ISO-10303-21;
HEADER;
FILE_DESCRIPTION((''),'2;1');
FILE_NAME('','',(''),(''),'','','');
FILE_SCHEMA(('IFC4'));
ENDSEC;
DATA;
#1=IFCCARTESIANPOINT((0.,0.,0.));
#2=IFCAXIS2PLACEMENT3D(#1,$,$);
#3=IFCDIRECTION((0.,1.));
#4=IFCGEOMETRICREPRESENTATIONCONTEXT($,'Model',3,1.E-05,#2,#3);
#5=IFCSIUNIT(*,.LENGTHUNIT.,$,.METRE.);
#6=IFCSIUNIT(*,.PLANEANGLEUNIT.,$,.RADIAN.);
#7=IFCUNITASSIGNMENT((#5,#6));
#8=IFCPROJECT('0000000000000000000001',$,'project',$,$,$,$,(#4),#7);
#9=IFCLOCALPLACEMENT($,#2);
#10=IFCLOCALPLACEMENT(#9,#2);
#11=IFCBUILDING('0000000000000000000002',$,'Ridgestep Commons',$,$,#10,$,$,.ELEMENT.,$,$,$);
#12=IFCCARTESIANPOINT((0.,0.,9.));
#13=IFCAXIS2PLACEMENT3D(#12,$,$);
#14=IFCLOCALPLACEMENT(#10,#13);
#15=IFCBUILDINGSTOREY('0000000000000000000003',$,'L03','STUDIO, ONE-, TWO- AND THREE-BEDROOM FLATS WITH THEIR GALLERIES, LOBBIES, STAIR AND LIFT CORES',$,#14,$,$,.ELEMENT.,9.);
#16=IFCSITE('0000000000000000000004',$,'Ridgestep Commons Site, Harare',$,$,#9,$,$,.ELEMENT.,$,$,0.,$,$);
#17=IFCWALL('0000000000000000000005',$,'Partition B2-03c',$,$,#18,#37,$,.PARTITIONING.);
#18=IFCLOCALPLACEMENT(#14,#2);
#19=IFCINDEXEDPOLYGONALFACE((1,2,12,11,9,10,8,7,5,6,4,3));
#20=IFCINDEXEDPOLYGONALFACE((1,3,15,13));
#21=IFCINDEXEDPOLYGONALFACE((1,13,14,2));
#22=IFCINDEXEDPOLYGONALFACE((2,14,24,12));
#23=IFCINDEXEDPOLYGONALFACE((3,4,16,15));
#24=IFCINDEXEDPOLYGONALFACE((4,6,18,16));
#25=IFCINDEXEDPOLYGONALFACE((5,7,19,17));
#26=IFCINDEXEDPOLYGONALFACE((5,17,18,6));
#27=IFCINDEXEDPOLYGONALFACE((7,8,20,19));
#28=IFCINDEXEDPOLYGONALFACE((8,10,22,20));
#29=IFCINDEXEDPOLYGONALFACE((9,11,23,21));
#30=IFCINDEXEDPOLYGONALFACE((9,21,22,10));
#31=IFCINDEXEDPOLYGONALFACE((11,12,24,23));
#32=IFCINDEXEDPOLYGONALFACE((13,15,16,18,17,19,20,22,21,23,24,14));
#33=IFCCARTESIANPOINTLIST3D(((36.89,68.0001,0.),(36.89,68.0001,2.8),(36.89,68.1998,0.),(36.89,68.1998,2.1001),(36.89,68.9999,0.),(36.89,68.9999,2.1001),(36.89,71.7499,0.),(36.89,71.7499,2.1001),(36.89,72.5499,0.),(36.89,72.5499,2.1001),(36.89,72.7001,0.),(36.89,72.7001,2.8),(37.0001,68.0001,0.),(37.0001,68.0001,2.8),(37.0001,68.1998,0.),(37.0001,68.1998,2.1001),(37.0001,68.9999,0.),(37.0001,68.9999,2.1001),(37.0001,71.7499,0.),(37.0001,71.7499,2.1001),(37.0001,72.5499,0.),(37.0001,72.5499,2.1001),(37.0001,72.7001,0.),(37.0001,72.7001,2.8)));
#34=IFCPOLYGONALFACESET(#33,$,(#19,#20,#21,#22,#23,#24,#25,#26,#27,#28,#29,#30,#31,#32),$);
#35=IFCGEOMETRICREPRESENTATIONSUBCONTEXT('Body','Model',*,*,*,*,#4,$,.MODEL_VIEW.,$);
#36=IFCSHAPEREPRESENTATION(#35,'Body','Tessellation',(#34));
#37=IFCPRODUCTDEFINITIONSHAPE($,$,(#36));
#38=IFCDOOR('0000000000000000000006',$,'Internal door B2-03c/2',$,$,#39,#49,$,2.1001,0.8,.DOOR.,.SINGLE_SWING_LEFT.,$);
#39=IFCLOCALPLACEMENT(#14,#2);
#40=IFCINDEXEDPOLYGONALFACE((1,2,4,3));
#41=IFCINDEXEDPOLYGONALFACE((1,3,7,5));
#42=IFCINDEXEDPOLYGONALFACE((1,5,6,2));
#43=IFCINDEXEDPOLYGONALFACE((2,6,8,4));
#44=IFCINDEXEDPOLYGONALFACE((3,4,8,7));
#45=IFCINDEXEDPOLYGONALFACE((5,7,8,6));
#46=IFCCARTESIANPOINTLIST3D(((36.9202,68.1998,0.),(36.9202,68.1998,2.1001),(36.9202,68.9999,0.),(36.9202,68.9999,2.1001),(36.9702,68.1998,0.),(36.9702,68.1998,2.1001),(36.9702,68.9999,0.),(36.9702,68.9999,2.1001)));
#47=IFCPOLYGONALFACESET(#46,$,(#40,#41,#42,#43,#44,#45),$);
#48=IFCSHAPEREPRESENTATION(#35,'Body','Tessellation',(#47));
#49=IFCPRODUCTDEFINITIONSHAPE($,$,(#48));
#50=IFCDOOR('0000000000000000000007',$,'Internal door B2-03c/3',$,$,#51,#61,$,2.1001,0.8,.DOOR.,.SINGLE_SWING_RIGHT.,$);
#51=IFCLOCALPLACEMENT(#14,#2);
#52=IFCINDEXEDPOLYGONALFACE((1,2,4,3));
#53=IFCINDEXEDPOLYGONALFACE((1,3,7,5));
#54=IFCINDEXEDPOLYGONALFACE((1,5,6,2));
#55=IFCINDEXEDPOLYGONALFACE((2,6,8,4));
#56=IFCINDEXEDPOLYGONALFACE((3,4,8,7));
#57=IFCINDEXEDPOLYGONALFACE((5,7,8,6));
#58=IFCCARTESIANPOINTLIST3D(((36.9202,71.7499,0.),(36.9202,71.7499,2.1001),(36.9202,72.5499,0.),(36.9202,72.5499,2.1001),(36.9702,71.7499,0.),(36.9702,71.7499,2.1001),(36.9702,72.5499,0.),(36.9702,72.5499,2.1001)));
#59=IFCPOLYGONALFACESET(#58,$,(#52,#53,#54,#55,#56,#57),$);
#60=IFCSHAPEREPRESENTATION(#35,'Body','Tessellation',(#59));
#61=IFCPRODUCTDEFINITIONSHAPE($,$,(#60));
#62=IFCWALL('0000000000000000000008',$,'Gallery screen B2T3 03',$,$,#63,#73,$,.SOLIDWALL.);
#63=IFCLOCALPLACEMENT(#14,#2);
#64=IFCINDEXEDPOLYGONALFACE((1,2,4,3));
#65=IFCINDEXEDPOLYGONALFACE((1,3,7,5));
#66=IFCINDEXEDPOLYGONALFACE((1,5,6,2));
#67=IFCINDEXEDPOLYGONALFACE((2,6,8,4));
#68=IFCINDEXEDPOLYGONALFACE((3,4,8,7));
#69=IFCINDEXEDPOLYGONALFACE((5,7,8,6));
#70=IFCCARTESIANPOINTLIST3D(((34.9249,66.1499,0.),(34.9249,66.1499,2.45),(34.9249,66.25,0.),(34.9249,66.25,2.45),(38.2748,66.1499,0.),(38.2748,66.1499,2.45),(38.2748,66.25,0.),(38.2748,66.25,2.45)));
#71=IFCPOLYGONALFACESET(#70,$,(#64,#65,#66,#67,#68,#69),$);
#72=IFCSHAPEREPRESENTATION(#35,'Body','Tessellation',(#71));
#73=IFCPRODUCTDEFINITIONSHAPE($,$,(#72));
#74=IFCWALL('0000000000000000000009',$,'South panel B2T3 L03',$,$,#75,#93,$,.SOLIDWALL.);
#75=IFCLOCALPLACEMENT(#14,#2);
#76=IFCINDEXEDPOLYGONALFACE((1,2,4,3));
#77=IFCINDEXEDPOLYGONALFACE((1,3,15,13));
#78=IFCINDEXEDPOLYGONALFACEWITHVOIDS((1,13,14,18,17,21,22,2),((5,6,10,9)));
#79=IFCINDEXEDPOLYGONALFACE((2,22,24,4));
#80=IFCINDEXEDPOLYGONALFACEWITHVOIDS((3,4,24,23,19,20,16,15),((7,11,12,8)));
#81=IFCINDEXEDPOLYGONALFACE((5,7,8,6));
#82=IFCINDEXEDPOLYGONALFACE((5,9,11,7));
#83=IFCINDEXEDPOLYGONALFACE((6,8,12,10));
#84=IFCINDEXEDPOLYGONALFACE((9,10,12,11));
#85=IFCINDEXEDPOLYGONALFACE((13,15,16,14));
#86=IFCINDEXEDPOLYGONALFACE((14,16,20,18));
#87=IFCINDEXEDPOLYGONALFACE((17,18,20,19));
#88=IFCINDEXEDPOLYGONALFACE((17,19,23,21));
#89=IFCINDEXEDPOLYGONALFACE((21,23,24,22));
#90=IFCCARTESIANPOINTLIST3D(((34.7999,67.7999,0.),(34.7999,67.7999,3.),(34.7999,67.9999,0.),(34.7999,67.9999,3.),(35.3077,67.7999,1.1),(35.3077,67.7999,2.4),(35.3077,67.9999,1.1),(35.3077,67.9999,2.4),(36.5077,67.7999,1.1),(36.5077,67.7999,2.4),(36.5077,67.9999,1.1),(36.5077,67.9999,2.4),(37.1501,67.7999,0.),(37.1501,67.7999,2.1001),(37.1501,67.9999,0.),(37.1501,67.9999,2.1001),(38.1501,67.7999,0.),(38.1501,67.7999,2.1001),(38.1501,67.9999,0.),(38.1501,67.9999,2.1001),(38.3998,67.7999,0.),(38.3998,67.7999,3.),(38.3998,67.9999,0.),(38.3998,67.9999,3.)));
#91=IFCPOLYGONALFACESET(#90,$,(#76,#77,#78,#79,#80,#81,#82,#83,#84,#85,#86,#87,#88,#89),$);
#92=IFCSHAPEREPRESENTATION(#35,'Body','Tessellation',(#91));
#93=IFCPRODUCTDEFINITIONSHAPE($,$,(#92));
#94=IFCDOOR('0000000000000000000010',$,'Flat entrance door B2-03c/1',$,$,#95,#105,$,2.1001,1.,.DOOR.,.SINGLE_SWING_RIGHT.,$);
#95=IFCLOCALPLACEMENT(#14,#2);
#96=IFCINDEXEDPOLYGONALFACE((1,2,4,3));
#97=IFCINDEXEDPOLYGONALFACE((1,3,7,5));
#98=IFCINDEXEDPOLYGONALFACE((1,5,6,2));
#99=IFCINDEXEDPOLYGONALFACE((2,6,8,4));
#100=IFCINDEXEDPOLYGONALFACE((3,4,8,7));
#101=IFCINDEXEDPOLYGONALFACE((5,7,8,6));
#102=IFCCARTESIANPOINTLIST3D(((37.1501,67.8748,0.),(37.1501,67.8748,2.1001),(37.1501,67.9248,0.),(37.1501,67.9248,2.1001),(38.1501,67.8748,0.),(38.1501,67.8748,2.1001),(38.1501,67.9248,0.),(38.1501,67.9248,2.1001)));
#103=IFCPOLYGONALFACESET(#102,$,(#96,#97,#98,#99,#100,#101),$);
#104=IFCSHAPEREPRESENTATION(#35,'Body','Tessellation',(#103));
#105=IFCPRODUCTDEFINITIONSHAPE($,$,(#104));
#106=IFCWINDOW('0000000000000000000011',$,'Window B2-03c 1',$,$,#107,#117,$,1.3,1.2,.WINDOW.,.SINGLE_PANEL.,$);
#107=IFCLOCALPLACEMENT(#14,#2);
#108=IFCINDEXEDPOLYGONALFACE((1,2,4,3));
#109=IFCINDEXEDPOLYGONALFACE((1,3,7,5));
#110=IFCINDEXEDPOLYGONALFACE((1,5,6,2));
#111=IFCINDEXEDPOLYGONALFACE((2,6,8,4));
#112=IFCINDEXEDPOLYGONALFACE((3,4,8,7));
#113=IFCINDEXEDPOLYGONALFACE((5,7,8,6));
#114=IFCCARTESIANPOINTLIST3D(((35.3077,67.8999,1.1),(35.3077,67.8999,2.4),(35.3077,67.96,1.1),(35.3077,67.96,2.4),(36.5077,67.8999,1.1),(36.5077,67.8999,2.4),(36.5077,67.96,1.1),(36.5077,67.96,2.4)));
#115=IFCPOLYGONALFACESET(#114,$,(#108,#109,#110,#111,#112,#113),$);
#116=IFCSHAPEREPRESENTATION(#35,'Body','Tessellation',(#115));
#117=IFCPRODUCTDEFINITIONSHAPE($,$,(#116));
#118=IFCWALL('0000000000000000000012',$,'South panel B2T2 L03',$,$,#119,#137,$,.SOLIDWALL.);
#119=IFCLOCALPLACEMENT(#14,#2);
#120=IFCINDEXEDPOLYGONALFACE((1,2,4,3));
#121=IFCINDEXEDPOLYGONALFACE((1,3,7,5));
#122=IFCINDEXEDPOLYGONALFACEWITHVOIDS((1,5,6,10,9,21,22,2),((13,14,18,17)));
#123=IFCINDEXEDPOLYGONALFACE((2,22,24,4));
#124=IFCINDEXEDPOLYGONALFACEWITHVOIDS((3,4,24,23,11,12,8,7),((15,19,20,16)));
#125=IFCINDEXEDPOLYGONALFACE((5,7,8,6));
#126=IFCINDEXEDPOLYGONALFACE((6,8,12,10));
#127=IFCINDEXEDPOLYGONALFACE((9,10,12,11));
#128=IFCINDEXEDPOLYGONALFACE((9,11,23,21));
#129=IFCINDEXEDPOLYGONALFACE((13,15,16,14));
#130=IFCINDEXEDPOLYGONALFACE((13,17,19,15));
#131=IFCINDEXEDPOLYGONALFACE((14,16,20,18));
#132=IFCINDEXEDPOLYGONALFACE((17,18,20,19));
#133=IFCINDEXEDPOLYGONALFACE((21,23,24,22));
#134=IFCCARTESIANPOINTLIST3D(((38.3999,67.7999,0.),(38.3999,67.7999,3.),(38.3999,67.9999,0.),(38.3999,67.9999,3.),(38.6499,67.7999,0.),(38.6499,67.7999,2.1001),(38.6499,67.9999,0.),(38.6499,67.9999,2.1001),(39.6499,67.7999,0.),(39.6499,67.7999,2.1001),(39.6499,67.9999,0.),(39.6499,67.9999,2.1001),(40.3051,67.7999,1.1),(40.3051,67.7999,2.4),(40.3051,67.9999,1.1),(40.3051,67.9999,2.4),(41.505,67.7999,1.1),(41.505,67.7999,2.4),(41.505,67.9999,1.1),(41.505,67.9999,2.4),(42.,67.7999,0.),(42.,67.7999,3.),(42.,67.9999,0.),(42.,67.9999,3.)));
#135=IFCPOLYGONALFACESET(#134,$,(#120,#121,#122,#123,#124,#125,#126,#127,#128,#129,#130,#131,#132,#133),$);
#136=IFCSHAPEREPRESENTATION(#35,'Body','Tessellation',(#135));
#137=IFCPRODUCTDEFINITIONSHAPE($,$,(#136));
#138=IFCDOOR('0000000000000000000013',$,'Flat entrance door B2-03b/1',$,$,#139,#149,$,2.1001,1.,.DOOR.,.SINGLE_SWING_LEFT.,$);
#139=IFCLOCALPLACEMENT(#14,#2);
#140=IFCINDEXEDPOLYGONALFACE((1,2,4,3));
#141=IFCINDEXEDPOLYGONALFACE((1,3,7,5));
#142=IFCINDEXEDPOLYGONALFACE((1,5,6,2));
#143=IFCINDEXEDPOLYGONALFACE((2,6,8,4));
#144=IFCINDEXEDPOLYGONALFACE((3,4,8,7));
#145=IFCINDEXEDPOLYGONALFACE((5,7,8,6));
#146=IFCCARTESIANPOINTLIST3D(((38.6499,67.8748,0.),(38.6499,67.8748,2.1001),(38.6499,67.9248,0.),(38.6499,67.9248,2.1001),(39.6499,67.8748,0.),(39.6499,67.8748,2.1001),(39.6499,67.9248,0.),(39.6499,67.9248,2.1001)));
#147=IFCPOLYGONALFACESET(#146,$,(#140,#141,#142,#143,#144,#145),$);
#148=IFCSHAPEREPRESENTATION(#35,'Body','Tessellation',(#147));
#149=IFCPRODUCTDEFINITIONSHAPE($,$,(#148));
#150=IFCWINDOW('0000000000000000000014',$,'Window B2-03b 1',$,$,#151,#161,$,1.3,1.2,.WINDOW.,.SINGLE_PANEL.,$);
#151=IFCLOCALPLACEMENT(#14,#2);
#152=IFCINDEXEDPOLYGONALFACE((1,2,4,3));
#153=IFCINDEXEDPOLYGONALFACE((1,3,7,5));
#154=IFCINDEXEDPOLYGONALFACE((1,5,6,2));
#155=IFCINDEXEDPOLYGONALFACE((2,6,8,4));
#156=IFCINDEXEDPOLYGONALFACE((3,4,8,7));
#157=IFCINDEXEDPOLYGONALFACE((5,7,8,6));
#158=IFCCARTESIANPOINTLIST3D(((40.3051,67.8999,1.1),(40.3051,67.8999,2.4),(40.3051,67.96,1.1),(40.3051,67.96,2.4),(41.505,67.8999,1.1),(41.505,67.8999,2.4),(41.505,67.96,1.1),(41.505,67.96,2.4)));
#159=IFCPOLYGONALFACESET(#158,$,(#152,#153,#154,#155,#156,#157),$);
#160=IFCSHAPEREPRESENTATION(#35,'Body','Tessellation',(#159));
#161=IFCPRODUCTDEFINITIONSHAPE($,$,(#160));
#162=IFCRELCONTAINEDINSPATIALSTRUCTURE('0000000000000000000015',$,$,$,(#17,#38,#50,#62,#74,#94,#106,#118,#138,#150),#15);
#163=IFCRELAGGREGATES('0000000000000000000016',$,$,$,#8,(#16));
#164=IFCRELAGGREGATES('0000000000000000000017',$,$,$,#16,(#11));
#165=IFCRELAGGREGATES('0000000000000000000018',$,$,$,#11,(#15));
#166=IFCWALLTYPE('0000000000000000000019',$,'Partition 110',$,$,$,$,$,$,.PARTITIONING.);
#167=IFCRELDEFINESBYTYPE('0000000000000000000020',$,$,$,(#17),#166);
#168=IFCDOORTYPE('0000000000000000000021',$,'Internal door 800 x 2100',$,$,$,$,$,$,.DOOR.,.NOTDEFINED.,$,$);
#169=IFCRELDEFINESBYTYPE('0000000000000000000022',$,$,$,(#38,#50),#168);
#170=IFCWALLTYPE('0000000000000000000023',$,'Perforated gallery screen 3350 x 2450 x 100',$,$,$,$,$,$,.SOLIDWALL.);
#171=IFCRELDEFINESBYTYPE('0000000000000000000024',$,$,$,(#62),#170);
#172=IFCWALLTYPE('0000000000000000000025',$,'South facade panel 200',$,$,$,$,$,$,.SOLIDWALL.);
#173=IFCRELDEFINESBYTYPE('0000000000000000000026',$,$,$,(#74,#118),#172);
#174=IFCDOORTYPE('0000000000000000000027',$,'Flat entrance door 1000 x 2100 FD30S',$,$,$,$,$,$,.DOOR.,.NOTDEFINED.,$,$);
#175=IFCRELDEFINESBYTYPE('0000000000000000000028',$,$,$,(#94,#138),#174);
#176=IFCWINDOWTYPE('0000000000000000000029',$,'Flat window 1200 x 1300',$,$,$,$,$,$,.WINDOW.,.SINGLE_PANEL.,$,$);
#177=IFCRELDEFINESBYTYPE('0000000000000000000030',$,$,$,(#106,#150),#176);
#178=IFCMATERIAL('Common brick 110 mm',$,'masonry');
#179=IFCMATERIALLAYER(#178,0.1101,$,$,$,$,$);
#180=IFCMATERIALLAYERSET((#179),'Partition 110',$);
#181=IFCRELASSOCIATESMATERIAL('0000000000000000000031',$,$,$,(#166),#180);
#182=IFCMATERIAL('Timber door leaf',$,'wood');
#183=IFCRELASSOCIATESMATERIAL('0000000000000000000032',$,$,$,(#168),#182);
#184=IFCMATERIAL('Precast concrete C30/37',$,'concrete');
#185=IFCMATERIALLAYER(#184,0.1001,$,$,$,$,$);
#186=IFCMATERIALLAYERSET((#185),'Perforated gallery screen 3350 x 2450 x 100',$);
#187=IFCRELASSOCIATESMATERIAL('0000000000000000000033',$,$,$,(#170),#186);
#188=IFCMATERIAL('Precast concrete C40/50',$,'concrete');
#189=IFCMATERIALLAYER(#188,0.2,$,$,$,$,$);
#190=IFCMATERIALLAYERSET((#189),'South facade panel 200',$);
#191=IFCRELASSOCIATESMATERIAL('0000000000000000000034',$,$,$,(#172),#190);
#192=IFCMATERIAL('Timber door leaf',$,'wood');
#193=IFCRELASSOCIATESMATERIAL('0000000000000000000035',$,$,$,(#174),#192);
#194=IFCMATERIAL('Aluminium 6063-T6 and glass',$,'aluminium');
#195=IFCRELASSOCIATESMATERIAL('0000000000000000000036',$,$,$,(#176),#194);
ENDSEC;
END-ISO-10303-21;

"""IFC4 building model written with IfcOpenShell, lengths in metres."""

from ifc_helpers import new_model, si_unit, direction, frame, frame_2d, origin, place, context, subcontext, project, spatial, rectangle, extrude, material, layer, layer_set, type_object, element, fill, save


model = new_model("IFC4")

# Units and contexts
model_context = context("Model", 3, precision=1e-05, world=origin(), true_north=direction((0.0, 1.0)))
body_context = subcontext(model_context, "Body", "Model", "MODEL_VIEW")
ifc_project = project(units=[si_unit("LENGTHUNIT", "METRE"), si_unit("PLANEANGLEUNIT", "RADIAN")], contexts=[model_context])

# Site, building, storey
site_placement = place(None, origin())
site = spatial("IfcSite", under=ifc_project, at=site_placement, Name="Ridgestep Commons Site, Harare", CompositionType="ELEMENT", RefElevation=0.0)
building_placement = place(site_placement, origin())
building = spatial("IfcBuilding", under=site, at=building_placement, Name="Ridgestep Commons", CompositionType="ELEMENT")
storey_placement = place(building_placement, frame((0.0, 0.0, 9.0)))
storey = spatial("IfcBuildingStorey", under=building, at=storey_placement, Name="L03", Description="STUDIO, ONE-, TWO- AND THREE-BEDROOM FLATS WITH THEIR GALLERIES, LOBBIES, STAIR AND LIFT CORES", CompositionType="ELEMENT", Elevation=9.0)

# Wall, openings, doors
ifc_material_1 = material(Name="Common brick 110 mm", Category="masonry")
ifc_layer_1 = layer(ifc_material_1, 0.1101)
ifc_layer_set_1 = layer_set([ifc_layer_1], Name="Partition 110")
wall_type_1 = type_object("IfcWallType", Name="Partition 110", PredefinedType="PARTITIONING", material=ifc_layer_set_1)
ifc_material_2 = material(Name="Timber door leaf", Category="wood")
door_type_1 = type_object("IfcDoorType", Name="Internal door 800 x 2100", OperationType="NOTDEFINED", PredefinedType="DOOR", material=ifc_material_2)
wall_1_placement = place(storey_placement, frame((36.9451, 68.0, 0.0), z_axis=(0.0, 0.0, 1.0), x_axis=(0.0, 1.0, 0.0)))
wall_1 = element("IfcWall", 1, at=wall_1_placement, inside=storey, type_object=wall_type_1, Name="Partition B2-03c", PredefinedType="PARTITIONING", context=body_context, shape_type="SweptSolid", body=[
    extrude(rectangle(XDim=4.7, YDim=0.1101, at=frame_2d((2.3501, 0.0))), origin(), (0.0, 0.0, 1.0), 2.8),
])
opening_1_placement = place(wall_1_placement, frame((0.2, 0.0, 0.0)))
opening_1 = element("IfcOpeningElement", 2, at=opening_1_placement, cuts=wall_1, PredefinedType="OPENING", context=body_context, shape_type="SweptSolid", body=[
    extrude(rectangle(XDim=0.8, YDim=2.1001, at=frame_2d((0.3999, 1.05))), frame((0.0, 0.0649, 0.0), z_axis=(0.0, -1.0, 0.0), x_axis=(1.0, 0.0, 0.0)), (0.0, 0.0, 1.0), 0.1301),
])
opening_2_placement = place(wall_1_placement, frame((3.75, 0.0, 0.0)))
opening_2 = element("IfcOpeningElement", 3, at=opening_2_placement, cuts=wall_1, PredefinedType="OPENING", context=body_context, shape_type="SweptSolid", body=[
    extrude(rectangle(XDim=0.8, YDim=2.1001, at=frame_2d((0.3999, 1.05))), frame((0.0, 0.0649, 0.0), z_axis=(0.0, -1.0, 0.0), x_axis=(1.0, 0.0, 0.0)), (0.0, 0.0, 1.0), 0.1301),
])
door_1_placement = place(opening_1_placement, origin())
door_1 = element("IfcDoor", 4, at=door_1_placement, inside=storey, type_object=door_type_1, Name="Internal door B2-03c/2", OperationType="SINGLE_SWING_LEFT", OverallHeight=2.1001, OverallWidth=0.8, PredefinedType="DOOR", context=body_context, shape_type="SweptSolid", body=[
    extrude(rectangle(XDim=0.8, YDim=2.1001, at=frame_2d((0.3999, 1.05))), frame((0.0, 0.0249, 0.0), z_axis=(0.0, -1.0, 0.0), x_axis=(1.0, 0.0, 0.0)), (0.0, 0.0, 1.0), 0.05),
])
fill(opening_1, door_1)
door_2_placement = place(opening_2_placement, origin())
door_2 = element("IfcDoor", 5, at=door_2_placement, inside=storey, type_object=door_type_1, Name="Internal door B2-03c/3", OperationType="SINGLE_SWING_RIGHT", OverallHeight=2.1001, OverallWidth=0.8, PredefinedType="DOOR", context=body_context, shape_type="SweptSolid", body=[
    extrude(rectangle(XDim=0.8, YDim=2.1001, at=frame_2d((0.3999, 1.05))), frame((0.0, 0.0249, 0.0), z_axis=(0.0, -1.0, 0.0), x_axis=(1.0, 0.0, 0.0)), (0.0, 0.0, 1.0), 0.05),
])
fill(opening_2, door_2)

# Wall
ifc_material_3 = material(Name="Precast concrete C30/37", Category="concrete")
ifc_layer_2 = layer(ifc_material_3, 0.1001)
ifc_layer_set_2 = layer_set([ifc_layer_2], Name="Perforated gallery screen 3350 x 2450 x 100")
wall_type_2 = type_object("IfcWallType", Name="Perforated gallery screen 3350 x 2450 x 100", PredefinedType="SOLIDWALL", material=ifc_layer_set_2)
wall_2_placement = place(storey_placement, frame((34.925, 66.2, 0.0), z_axis=(0.0, 0.0, 1.0), x_axis=(1.0, 0.0, 0.0)))
element("IfcWall", 6, at=wall_2_placement, inside=storey, type_object=wall_type_2, Name="Gallery screen B2T3 03", PredefinedType="SOLIDWALL", context=body_context, shape_type="SweptSolid", body=[
    extrude(rectangle(XDim=3.3499, YDim=0.1001, at=frame_2d((1.6748, 0.0))), origin(), (0.0, 0.0, 1.0), 2.45),
])

# Walls, openings, doors, windows
ifc_material_4 = material(Name="Precast concrete C40/50", Category="concrete")
ifc_layer_3 = layer(ifc_material_4, 0.2)
ifc_layer_set_3 = layer_set([ifc_layer_3], Name="South facade panel 200")
wall_type_3 = type_object("IfcWallType", Name="South facade panel 200", PredefinedType="SOLIDWALL", material=ifc_layer_set_3)
wall_3_placement = place(storey_placement, frame((34.8, 67.8999, 0.0), z_axis=(0.0, 0.0, 1.0), x_axis=(1.0, 0.0, 0.0)))
wall_3 = element("IfcWall", 7, at=wall_3_placement, inside=storey, type_object=wall_type_3, Name="South panel B2T3 L03", PredefinedType="SOLIDWALL", context=body_context, shape_type="SweptSolid", body=[
    extrude(rectangle(XDim=3.5999, YDim=0.2, at=frame_2d((1.7998, 0.0))), origin(), (0.0, 0.0, 1.0), 3.0),
])
opening_3_placement = place(wall_3_placement, frame((0.5076, 0.0, 1.1001)))
opening_3 = element("IfcOpeningElement", 8, at=opening_3_placement, cuts=wall_3, PredefinedType="OPENING", context=body_context, shape_type="SweptSolid", body=[
    extrude(rectangle(XDim=1.2, YDim=1.3, at=frame_2d((0.6001, 0.6499))), frame((0.0, 0.1099, 0.0), z_axis=(0.0, -1.0, 0.0), x_axis=(1.0, 0.0, 0.0)), (0.0, 0.0, 1.0), 0.22),
])
opening_4_placement = place(wall_3_placement, frame((2.3501, 0.0, 0.0)))
opening_4 = element("IfcOpeningElement", 9, at=opening_4_placement, cuts=wall_3, PredefinedType="OPENING", context=body_context, shape_type="SweptSolid", body=[
    extrude(rectangle(XDim=1.0, YDim=2.1001, at=frame_2d((0.5, 1.05))), frame((0.0, 0.1099, 0.0), z_axis=(0.0, -1.0, 0.0), x_axis=(1.0, 0.0, 0.0)), (0.0, 0.0, 1.0), 0.22),
])
ifc_material_5 = material(Name="Timber door leaf", Category="wood")
door_type_2 = type_object("IfcDoorType", Name="Flat entrance door 1000 x 2100 FD30S", OperationType="NOTDEFINED", PredefinedType="DOOR", material=ifc_material_5)
door_3_placement = place(opening_4_placement, origin())
door_3 = element("IfcDoor", 10, at=door_3_placement, inside=storey, type_object=door_type_2, Name="Flat entrance door B2-03c/1", OperationType="SINGLE_SWING_RIGHT", OverallHeight=2.1001, OverallWidth=1.0, PredefinedType="DOOR", context=body_context, shape_type="SweptSolid", body=[
    extrude(rectangle(XDim=1.0, YDim=2.1001, at=frame_2d((0.5, 1.05))), frame((0.0, 0.0249, 0.0), z_axis=(0.0, -1.0, 0.0), x_axis=(1.0, 0.0, 0.0)), (0.0, 0.0, 1.0), 0.05),
])
fill(opening_4, door_3)
ifc_material_6 = material(Name="Aluminium 6063-T6 and glass", Category="aluminium")
window_type = type_object("IfcWindowType", Name="Flat window 1200 x 1300", PartitioningType="SINGLE_PANEL", PredefinedType="WINDOW", material=ifc_material_6)
window_1_placement = place(opening_3_placement, origin())
window_1 = element("IfcWindow", 11, at=window_1_placement, inside=storey, type_object=window_type, Name="Window B2-03c 1", OverallHeight=1.3, OverallWidth=1.2, PartitioningType="SINGLE_PANEL", PredefinedType="WINDOW", context=body_context, shape_type="SweptSolid", body=[
    extrude(rectangle(XDim=1.2, YDim=1.3, at=frame_2d((0.6001, 0.6499))), frame((0.0, 0.0601, 0.0), z_axis=(0.0, -1.0, 0.0), x_axis=(1.0, 0.0, 0.0)), (0.0, 0.0, 1.0), 0.0601),
])
fill(opening_3, window_1)
wall_4_placement = place(storey_placement, frame((38.3999, 67.8999, 0.0), z_axis=(0.0, 0.0, 1.0), x_axis=(1.0, 0.0, 0.0)))
wall_4 = element("IfcWall", 12, at=wall_4_placement, inside=storey, type_object=wall_type_3, Name="South panel B2T2 L03", PredefinedType="SOLIDWALL", context=body_context, shape_type="SweptSolid", body=[
    extrude(rectangle(XDim=3.6001, YDim=0.2, at=frame_2d((1.8, 0.0))), origin(), (0.0, 0.0, 1.0), 3.0),
])
opening_5_placement = place(wall_4_placement, frame((1.905, 0.0, 1.1001)))
opening_5 = element("IfcOpeningElement", 13, at=opening_5_placement, cuts=wall_4, PredefinedType="OPENING", context=body_context, shape_type="SweptSolid", body=[
    extrude(rectangle(XDim=1.2, YDim=1.3, at=frame_2d((0.6001, 0.6499))), frame((0.0, 0.1099, 0.0), z_axis=(0.0, -1.0, 0.0), x_axis=(1.0, 0.0, 0.0)), (0.0, 0.0, 1.0), 0.22),
])
opening_6_placement = place(wall_4_placement, frame((0.25, 0.0, 0.0)))
opening_6 = element("IfcOpeningElement", 14, at=opening_6_placement, cuts=wall_4, PredefinedType="OPENING", context=body_context, shape_type="SweptSolid", body=[
    extrude(rectangle(XDim=1.0, YDim=2.1001, at=frame_2d((0.5, 1.05))), frame((0.0, 0.1099, 0.0), z_axis=(0.0, -1.0, 0.0), x_axis=(1.0, 0.0, 0.0)), (0.0, 0.0, 1.0), 0.22),
])
door_4_placement = place(opening_6_placement, origin())
door_4 = element("IfcDoor", 15, at=door_4_placement, inside=storey, type_object=door_type_2, Name="Flat entrance door B2-03b/1", OperationType="SINGLE_SWING_LEFT", OverallHeight=2.1001, OverallWidth=1.0, PredefinedType="DOOR", context=body_context, shape_type="SweptSolid", body=[
    extrude(rectangle(XDim=1.0, YDim=2.1001, at=frame_2d((0.5, 1.05))), frame((0.0, 0.0249, 0.0), z_axis=(0.0, -1.0, 0.0), x_axis=(1.0, 0.0, 0.0)), (0.0, 0.0, 1.0), 0.05),
])
fill(opening_6, door_4)
window_2_placement = place(opening_5_placement, origin())
window_2 = element("IfcWindow", 16, at=window_2_placement, inside=storey, type_object=window_type, Name="Window B2-03b 1", OverallHeight=1.3, OverallWidth=1.2, PartitioningType="SINGLE_PANEL", PredefinedType="WINDOW", context=body_context, shape_type="SweptSolid", body=[
    extrude(rectangle(XDim=1.2, YDim=1.3, at=frame_2d((0.6001, 0.6499))), frame((0.0, 0.0601, 0.0), z_axis=(0.0, -1.0, 0.0), x_axis=(1.0, 0.0, 0.0)), (0.0, 0.0, 1.0), 0.0601),
])
fill(opening_5, window_2)

save(model, "model.ifc")
